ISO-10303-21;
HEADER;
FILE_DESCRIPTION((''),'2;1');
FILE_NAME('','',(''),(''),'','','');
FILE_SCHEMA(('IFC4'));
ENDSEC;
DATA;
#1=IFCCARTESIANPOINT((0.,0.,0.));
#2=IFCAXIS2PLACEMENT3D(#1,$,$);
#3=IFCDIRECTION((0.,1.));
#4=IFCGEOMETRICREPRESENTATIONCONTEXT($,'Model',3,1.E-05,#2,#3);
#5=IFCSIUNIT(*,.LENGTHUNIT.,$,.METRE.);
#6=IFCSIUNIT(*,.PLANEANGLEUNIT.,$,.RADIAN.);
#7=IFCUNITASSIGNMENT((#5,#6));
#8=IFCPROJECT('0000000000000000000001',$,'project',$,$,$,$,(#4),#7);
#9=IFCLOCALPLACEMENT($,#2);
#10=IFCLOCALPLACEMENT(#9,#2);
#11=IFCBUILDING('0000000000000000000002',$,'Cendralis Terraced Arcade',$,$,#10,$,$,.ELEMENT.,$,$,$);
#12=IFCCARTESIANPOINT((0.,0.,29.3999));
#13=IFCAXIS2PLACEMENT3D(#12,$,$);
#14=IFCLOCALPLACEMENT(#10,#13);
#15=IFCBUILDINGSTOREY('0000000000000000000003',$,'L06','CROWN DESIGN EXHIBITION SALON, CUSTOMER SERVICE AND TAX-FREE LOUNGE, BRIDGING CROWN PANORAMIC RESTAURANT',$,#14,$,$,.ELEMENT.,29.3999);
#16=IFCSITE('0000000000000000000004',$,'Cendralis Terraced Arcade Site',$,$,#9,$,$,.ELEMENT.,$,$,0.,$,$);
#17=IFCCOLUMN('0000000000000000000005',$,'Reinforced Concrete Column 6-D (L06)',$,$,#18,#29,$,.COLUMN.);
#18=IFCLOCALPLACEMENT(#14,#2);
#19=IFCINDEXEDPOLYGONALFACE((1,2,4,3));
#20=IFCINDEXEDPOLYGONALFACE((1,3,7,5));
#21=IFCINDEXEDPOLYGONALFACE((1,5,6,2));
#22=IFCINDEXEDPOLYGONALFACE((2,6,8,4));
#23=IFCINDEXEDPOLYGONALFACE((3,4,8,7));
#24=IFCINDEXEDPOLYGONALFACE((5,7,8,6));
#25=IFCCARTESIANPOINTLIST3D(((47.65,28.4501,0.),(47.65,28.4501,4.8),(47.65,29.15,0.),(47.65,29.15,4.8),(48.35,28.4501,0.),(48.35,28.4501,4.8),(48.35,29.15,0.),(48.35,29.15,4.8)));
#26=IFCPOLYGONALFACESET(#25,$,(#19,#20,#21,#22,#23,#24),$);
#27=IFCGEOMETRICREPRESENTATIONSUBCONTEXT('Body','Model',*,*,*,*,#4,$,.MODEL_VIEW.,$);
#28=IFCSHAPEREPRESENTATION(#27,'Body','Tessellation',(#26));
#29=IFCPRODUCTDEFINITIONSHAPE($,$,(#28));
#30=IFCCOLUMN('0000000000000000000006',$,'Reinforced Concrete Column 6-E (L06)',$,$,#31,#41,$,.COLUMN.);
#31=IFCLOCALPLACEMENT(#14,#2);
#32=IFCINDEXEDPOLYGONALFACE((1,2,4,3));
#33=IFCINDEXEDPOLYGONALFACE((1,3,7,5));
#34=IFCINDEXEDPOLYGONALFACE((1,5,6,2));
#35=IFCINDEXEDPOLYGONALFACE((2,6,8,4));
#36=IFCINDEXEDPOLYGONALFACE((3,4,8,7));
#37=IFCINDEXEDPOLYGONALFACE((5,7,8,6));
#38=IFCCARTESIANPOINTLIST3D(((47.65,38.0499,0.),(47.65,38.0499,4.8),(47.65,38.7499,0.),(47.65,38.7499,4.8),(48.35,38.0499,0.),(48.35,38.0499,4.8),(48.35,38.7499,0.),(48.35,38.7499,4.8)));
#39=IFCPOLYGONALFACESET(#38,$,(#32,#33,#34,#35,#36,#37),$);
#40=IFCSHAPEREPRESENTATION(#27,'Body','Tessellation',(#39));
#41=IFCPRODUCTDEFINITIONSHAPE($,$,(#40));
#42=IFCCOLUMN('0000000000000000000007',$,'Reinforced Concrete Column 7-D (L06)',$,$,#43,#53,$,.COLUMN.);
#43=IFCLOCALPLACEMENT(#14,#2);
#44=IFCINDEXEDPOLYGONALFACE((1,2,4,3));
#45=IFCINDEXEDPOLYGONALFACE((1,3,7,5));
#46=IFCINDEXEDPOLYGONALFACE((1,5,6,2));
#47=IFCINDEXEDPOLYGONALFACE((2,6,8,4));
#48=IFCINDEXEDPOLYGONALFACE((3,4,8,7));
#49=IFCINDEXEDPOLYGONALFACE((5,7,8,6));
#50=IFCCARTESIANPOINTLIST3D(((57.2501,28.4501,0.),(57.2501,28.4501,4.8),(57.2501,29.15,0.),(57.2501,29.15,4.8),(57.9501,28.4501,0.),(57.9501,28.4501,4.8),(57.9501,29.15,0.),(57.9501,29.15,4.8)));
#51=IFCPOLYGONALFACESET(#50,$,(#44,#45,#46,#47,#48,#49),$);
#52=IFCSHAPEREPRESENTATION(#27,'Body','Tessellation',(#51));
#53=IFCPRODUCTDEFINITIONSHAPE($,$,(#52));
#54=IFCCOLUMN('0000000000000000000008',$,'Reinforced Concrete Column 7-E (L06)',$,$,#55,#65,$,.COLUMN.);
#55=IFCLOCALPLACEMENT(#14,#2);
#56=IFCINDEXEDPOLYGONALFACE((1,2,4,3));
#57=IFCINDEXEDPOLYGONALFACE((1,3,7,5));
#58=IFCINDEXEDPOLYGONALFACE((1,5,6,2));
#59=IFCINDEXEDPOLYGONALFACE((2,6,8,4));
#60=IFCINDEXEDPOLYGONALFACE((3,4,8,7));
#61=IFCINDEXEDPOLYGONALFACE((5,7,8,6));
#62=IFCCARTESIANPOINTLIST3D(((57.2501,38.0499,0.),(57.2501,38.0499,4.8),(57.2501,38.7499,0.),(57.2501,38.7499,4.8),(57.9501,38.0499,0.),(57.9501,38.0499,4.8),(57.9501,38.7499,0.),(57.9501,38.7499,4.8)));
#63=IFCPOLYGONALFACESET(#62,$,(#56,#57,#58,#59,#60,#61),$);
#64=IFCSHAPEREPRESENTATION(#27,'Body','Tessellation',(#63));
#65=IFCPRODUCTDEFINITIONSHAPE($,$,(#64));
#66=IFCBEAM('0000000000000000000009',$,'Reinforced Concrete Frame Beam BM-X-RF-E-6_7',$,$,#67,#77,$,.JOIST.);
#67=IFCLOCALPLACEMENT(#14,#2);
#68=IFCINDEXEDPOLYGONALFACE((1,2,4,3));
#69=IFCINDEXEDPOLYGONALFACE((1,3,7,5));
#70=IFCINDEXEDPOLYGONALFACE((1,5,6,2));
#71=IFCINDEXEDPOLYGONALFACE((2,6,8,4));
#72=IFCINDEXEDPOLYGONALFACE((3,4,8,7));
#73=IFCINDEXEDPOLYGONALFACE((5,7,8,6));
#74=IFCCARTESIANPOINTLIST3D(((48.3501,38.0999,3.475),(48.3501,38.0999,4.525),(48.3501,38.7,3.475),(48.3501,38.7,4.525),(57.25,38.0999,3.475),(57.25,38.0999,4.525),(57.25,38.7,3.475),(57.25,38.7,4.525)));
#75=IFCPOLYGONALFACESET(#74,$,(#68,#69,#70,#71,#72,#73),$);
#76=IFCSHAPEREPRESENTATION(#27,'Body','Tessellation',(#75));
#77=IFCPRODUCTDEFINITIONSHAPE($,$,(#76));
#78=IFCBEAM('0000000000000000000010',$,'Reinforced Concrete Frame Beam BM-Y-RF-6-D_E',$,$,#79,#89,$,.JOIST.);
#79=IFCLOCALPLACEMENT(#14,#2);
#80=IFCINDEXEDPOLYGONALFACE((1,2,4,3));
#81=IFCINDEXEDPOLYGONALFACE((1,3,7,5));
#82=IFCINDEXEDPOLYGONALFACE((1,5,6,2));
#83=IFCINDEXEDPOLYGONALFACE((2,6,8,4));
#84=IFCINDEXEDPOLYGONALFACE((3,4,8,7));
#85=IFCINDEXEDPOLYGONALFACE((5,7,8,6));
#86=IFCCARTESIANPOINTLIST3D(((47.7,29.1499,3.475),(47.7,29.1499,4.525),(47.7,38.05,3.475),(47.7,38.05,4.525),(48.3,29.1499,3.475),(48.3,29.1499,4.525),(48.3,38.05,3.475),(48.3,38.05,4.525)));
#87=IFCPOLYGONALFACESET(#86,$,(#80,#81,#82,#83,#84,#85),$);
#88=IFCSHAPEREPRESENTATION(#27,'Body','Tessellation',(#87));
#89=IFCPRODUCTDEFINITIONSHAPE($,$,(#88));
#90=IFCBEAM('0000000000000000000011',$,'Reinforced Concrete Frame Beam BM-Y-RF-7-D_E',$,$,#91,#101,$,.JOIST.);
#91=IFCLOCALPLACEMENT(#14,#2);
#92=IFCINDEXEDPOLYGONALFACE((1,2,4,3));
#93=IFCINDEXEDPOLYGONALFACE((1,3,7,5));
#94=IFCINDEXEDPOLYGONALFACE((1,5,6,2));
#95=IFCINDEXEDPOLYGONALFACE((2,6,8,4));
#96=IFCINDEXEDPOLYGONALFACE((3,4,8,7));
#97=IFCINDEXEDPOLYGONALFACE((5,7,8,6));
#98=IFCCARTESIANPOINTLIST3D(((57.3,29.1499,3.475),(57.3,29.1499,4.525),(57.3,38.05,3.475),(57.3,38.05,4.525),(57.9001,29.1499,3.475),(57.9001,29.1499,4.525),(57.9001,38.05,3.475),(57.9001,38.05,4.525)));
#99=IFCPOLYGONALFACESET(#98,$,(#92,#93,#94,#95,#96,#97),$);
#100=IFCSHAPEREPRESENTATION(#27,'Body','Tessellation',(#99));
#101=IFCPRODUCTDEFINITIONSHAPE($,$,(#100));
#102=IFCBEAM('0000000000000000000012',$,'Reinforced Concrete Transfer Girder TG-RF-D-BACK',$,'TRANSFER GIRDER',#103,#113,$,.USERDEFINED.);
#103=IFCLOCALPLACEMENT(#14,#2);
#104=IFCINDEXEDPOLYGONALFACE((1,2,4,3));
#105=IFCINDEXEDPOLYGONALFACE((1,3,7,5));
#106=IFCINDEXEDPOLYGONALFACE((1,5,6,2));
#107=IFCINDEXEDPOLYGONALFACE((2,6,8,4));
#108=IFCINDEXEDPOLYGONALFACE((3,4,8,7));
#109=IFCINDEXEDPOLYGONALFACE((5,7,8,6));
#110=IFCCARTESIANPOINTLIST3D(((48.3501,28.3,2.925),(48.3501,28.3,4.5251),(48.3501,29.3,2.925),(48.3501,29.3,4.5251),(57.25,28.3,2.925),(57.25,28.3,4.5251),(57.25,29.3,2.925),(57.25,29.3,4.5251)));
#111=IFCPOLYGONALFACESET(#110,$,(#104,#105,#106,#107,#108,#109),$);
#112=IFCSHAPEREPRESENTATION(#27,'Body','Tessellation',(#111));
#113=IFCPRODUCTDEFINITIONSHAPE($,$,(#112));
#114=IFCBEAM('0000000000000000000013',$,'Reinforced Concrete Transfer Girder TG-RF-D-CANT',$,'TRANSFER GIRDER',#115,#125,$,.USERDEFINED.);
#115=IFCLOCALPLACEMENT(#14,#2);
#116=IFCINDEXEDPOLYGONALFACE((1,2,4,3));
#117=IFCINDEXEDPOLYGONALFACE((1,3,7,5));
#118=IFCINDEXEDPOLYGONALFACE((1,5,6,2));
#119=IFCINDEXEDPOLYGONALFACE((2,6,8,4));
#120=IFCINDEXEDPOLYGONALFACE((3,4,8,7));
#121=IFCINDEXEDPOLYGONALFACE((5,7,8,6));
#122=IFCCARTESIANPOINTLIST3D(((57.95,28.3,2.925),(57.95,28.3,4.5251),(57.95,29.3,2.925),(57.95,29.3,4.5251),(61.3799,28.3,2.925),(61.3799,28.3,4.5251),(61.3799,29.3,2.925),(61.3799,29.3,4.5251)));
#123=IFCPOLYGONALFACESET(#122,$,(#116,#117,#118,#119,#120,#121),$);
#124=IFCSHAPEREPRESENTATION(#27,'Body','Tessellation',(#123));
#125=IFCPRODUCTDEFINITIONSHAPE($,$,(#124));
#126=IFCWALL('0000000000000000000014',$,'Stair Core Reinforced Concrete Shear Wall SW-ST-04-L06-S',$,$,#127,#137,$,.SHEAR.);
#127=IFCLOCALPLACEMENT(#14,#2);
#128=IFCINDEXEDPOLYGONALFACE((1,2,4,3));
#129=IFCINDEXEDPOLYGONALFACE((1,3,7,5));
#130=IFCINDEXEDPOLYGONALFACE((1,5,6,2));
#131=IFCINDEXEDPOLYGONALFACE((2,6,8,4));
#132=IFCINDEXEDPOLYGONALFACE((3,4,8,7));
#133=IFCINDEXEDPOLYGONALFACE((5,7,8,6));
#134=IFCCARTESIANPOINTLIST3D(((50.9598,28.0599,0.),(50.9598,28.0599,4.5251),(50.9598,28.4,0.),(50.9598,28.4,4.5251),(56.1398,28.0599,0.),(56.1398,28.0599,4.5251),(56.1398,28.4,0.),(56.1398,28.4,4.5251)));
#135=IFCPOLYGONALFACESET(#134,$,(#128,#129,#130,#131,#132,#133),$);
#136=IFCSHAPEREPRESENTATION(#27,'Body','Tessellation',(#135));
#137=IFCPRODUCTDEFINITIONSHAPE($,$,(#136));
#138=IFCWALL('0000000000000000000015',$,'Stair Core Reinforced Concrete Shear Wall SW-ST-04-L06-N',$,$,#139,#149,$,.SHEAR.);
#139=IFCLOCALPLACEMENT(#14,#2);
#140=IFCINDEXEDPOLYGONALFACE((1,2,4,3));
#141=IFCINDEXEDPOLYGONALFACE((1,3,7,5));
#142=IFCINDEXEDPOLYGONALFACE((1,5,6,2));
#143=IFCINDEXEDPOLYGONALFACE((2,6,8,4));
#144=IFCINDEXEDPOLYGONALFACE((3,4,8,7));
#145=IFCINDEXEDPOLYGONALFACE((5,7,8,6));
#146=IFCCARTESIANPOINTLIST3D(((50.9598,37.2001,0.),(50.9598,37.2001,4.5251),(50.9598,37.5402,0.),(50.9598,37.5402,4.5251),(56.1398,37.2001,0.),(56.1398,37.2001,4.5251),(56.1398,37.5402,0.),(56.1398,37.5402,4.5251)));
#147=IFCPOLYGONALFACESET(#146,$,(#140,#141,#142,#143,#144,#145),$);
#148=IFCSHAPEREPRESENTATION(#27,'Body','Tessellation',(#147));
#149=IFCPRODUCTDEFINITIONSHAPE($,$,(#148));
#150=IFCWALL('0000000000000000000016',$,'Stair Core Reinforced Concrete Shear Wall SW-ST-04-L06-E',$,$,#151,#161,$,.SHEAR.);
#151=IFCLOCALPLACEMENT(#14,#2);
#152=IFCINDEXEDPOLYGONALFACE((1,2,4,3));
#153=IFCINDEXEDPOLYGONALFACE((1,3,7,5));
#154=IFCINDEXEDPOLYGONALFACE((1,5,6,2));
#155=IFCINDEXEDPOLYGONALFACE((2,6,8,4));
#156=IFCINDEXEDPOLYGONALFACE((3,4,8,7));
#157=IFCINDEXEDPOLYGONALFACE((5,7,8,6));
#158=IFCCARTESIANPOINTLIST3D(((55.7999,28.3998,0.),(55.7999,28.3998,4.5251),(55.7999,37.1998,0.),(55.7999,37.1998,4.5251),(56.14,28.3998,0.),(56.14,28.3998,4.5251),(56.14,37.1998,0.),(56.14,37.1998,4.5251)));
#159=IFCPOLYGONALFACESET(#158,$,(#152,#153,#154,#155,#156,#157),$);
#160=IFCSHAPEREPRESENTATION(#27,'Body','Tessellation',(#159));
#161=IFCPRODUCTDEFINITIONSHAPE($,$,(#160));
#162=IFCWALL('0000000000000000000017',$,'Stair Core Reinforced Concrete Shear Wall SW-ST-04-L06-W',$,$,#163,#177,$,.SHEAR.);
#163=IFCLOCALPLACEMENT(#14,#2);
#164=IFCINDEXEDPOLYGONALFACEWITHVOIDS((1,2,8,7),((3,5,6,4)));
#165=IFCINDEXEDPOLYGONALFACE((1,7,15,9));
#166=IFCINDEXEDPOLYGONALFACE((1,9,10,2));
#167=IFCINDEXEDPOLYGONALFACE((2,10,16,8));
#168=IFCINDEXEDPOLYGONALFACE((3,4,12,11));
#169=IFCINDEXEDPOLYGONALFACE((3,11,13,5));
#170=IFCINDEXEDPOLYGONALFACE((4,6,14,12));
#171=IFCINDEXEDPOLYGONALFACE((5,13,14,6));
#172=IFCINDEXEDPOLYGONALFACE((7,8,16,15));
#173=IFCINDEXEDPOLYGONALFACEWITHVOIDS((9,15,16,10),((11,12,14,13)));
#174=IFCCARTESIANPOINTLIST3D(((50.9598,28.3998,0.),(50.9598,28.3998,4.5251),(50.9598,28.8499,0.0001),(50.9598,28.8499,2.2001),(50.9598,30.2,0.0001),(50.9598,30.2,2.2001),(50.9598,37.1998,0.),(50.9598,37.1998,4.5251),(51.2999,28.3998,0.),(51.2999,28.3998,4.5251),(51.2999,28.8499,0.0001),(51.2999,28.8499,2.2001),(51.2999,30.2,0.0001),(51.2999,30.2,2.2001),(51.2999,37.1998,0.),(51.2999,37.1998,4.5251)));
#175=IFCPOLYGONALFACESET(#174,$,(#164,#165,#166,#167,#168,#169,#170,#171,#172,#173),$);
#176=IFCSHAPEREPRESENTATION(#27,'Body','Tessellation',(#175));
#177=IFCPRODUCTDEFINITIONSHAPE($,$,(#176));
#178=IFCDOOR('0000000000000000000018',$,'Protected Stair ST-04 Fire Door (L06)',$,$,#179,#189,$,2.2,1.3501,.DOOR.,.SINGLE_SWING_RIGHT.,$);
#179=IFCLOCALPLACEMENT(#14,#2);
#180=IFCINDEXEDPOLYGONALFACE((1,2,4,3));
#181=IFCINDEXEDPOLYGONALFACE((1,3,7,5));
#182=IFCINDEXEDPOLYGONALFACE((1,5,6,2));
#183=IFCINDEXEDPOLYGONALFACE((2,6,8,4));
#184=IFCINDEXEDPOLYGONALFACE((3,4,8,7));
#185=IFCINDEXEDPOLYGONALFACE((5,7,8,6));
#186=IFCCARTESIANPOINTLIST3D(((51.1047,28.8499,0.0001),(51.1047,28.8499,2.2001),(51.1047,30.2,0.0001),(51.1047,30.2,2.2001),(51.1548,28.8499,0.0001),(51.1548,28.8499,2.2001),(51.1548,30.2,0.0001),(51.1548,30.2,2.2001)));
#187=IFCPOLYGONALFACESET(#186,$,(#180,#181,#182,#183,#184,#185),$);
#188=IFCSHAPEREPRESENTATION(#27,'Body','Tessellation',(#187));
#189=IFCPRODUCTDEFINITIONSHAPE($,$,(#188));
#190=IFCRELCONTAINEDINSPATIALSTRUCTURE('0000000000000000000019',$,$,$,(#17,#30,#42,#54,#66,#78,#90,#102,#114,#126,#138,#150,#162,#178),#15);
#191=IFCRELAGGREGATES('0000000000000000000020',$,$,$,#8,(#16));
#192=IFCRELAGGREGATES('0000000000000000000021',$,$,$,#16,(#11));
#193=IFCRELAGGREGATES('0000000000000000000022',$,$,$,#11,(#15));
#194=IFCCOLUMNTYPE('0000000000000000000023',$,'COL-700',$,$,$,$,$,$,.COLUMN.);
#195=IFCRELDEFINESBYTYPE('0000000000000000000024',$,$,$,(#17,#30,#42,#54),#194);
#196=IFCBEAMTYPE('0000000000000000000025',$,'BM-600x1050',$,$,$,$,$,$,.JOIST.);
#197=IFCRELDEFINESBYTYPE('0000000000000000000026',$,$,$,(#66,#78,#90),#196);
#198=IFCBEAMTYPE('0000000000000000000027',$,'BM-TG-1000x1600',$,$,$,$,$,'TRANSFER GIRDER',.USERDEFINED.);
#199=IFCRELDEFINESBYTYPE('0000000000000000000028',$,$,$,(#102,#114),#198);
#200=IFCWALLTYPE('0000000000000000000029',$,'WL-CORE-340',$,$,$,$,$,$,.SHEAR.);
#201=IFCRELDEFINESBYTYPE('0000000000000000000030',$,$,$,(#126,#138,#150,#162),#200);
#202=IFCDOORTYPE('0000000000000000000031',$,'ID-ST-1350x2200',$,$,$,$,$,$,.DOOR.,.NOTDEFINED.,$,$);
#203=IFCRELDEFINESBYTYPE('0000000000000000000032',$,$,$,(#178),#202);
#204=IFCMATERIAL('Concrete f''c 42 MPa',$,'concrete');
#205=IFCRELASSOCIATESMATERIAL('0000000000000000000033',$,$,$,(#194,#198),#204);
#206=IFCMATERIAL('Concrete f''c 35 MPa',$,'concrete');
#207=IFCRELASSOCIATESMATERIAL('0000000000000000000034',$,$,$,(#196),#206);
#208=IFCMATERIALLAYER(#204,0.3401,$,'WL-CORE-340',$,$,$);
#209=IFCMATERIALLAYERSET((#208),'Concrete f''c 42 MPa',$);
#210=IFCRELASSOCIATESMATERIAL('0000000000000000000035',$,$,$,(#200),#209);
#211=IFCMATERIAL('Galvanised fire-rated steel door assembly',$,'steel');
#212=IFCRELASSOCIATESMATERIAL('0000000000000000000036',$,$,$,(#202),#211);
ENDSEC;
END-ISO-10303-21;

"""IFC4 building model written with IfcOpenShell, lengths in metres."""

from ifc_helpers import new_model, si_unit, direction, frame, frame_2d, origin, origin_2d, place, context, subcontext, project, spatial, rectangle, extrude, material, layer, layer_set, material_profile, profile_set, type_object, element, fill, save


model = new_model("IFC4")

# Units and contexts
model_context = context("Model", 3, precision=1e-05, world=origin(), true_north=direction((0.0, 1.0)))
body_context = subcontext(model_context, "Body", "Model", "MODEL_VIEW")
ifc_project = project(units=[si_unit("LENGTHUNIT", "METRE"), si_unit("PLANEANGLEUNIT", "RADIAN")], contexts=[model_context])

# Site, building, storey
site_placement = place(None, origin())
site = spatial("IfcSite", under=ifc_project, at=site_placement, Name="Cendralis Terraced Arcade Site", CompositionType="ELEMENT", RefElevation=0.0)
building_placement = place(site_placement, origin())
building = spatial("IfcBuilding", under=site, at=building_placement, Name="Cendralis Terraced Arcade", CompositionType="ELEMENT")
storey_placement = place(building_placement, frame((0.0, 0.0, 29.3999)))
storey = spatial("IfcBuildingStorey", under=building, at=storey_placement, Name="L06", Description="CROWN DESIGN EXHIBITION SALON, CUSTOMER SERVICE AND TAX-FREE LOUNGE, BRIDGING CROWN PANORAMIC RESTAURANT", CompositionType="ELEMENT", Elevation=29.3999)

# Columns
ifc_material_1 = material(Name="Concrete f'c 42 MPa", Category="concrete")
ifc_material_profile_1 = material_profile(ifc_material_1, rectangle(XDim=0.7, YDim=0.7, at=origin_2d()), Name="RC-COL-700x700", Category="LoadBearing")
ifc_profile_set_1 = profile_set([ifc_material_profile_1], Name="Concrete f'c 42 MPa")
column_type = type_object("IfcColumnType", Name="COL-700", PredefinedType="COLUMN", material=ifc_profile_set_1)
for number, where, z_axis, x_axis, name in (
    (1, (48.0, 28.8, 0.0), (0.0, 0.0, 1.0), (1.0, 0.0, 0.0), "Reinforced Concrete Column 6-D (L06)"),
    (2, (48.0, 38.3999, 0.0), (0.0, 0.0, 1.0), (1.0, 0.0, 0.0), "Reinforced Concrete Column 6-E (L06)"),
    (3, (57.6001, 28.8, 0.0), (0.0, 0.0, 1.0), (1.0, 0.0, 0.0), "Reinforced Concrete Column 7-D (L06)"),
    (4, (57.6001, 38.3999, 0.0), (0.0, 0.0, 1.0), (1.0, 0.0, 0.0), "Reinforced Concrete Column 7-E (L06)"),
):
    element("IfcColumn", number, at=place(storey_placement, frame(where, z_axis=z_axis, x_axis=x_axis)), inside=storey, type_object=column_type, Name=name, PredefinedType="COLUMN", context=body_context, shape_type="SweptSolid", body=[
        extrude(rectangle(XDim=0.7, YDim=0.7, at=origin_2d()), origin(), (0.0, 0.0, 1.0), 4.8),
    ])

# Beams
ifc_material_2 = material(Name="Concrete f'c 35 MPa", Category="concrete")
ifc_material_profile_2 = material_profile(ifc_material_2, rectangle(XDim=0.6001, YDim=1.05, at=origin_2d()), Name="RC-BM-600x1050", Category="LoadBearing")
ifc_profile_set_2 = profile_set([ifc_material_profile_2], Name="Concrete f'c 35 MPa")
beam_type_1 = type_object("IfcBeamType", Name="BM-600x1050", PredefinedType="JOIST", material=ifc_profile_set_2)
beam_1_placement = place(storey_placement, frame((48.3501, 38.3999, 4.0), z_axis=(1.0, 0.0, 0.0), x_axis=(0.0, 1.0, 0.0)))
element("IfcBeam", 5, at=beam_1_placement, inside=storey, type_object=beam_type_1, Name="Reinforced Concrete Frame Beam BM-X-RF-E-6_7", PredefinedType="JOIST", context=body_context, shape_type="SweptSolid", body=[
    extrude(rectangle(XDim=0.6001, YDim=1.05, at=origin_2d()), origin(), (0.0, 0.0, 1.0), 8.8999),
])
for number, where, z_axis, x_axis, name in (
    (6, (48.0, 29.1499, 4.0), (0.0, 1.0, 0.0), (-1.0, 0.0, 0.0), "Reinforced Concrete Frame Beam BM-Y-RF-6-D_E"),
    (7, (57.6001, 29.1499, 4.0), (0.0, 1.0, 0.0), (-1.0, 0.0, 0.0), "Reinforced Concrete Frame Beam BM-Y-RF-7-D_E"),
):
    element("IfcBeam", number, at=place(storey_placement, frame(where, z_axis=z_axis, x_axis=x_axis)), inside=storey, type_object=beam_type_1, Name=name, PredefinedType="JOIST", context=body_context, shape_type="SweptSolid", body=[
        extrude(rectangle(XDim=0.6001, YDim=1.05, at=origin_2d()), origin(), (0.0, 0.0, 1.0), 8.9001),
    ])
ifc_material_profile_3 = material_profile(ifc_material_1, rectangle(XDim=1.0, YDim=1.6001, at=origin_2d()), Name="RC-TG-1000x1600", Category="LoadBearing")
ifc_profile_set_3 = profile_set([ifc_material_profile_3], Name="Concrete f'c 42 MPa")
beam_type_2 = type_object("IfcBeamType", Name="BM-TG-1000x1600", ElementType="TRANSFER GIRDER", PredefinedType="USERDEFINED", material=ifc_profile_set_3)
beam_2_placement = place(storey_placement, frame((48.3501, 28.8, 3.7251), z_axis=(1.0, 0.0, 0.0), x_axis=(0.0, 1.0, 0.0)))
element("IfcBeam", 8, at=beam_2_placement, inside=storey, type_object=beam_type_2, Name="Reinforced Concrete Transfer Girder TG-RF-D-BACK", ObjectType="TRANSFER GIRDER", PredefinedType="USERDEFINED", context=body_context, shape_type="SweptSolid", body=[
    extrude(rectangle(XDim=1.0, YDim=1.6001, at=origin_2d()), origin(), (0.0, 0.0, 1.0), 8.8999),
])
beam_3_placement = place(storey_placement, frame((57.95, 28.8, 3.7251), z_axis=(1.0, 0.0, 0.0), x_axis=(0.0, 1.0, 0.0)))
element("IfcBeam", 9, at=beam_3_placement, inside=storey, type_object=beam_type_2, Name="Reinforced Concrete Transfer Girder TG-RF-D-CANT", ObjectType="TRANSFER GIRDER", PredefinedType="USERDEFINED", context=body_context, shape_type="SweptSolid", body=[
    extrude(rectangle(XDim=1.0, YDim=1.6001, at=origin_2d()), origin(), (0.0, 0.0, 1.0), 3.4299),
])

# Walls
ifc_layer_1 = layer(ifc_material_1, 0.3401, Name="WL-CORE-340")
ifc_layer_set_1 = layer_set([ifc_layer_1], Name="Concrete f'c 42 MPa")
wall_type_1 = type_object("IfcWallType", Name="WL-CORE-340", PredefinedType="SHEAR", material=ifc_layer_set_1)
for number, where, z_axis, x_axis, name in (
    (10, (50.96, 28.23, 0.0), (0.0, 0.0, 1.0), (1.0, 0.0, 0.0), "Stair Core Reinforced Concrete Shear Wall SW-ST-04-L06-S"),
    (11, (50.96, 37.3701, 0.0), (0.0, 0.0, 1.0), (1.0, 0.0, 0.0), "Stair Core Reinforced Concrete Shear Wall SW-ST-04-L06-N"),
):
    element("IfcWall", number, at=place(storey_placement, frame(where, z_axis=z_axis, x_axis=x_axis)), inside=storey, type_object=wall_type_1, Name=name, PredefinedType="SHEAR", context=body_context, shape_type="SweptSolid", body=[
        extrude(rectangle(XDim=5.1799, YDim=0.3401, at=frame_2d((2.5898, 0.0))), origin(), (0.0, 0.0, 1.0), 4.5251),
    ])
wall_1_placement = place(storey_placement, frame((55.97, 28.3999, 0.0), z_axis=(0.0, 0.0, 1.0), x_axis=(0.0, 1.0, 0.0)))
element("IfcWall", 12, at=wall_1_placement, inside=storey, type_object=wall_type_1, Name="Stair Core Reinforced Concrete Shear Wall SW-ST-04-L06-E", PredefinedType="SHEAR", context=body_context, shape_type="SweptSolid", body=[
    extrude(rectangle(XDim=8.8, YDim=0.3401, at=frame_2d((4.3999, 0.0))), origin(), (0.0, 0.0, 1.0), 4.5251),
])

# Wall, opening, door
wall_2_placement = place(storey_placement, frame((51.1299, 28.3999, 0.0), z_axis=(0.0, 0.0, 1.0), x_axis=(0.0, 1.0, 0.0)))
wall_2 = element("IfcWall", 13, at=wall_2_placement, inside=storey, type_object=wall_type_1, Name="Stair Core Reinforced Concrete Shear Wall SW-ST-04-L06-W", PredefinedType="SHEAR", context=body_context, shape_type="SweptSolid", body=[
    extrude(rectangle(XDim=8.8, YDim=0.3401, at=frame_2d((4.3999, 0.0))), origin(), (0.0, 0.0, 1.0), 4.5251),
])
opening_1_placement = place(wall_2_placement, frame((0.45, 0.0, 0.0)))
opening_1 = element("IfcOpeningElement", 14, at=opening_1_placement, cuts=wall_2, PredefinedType="OPENING", context=body_context, shape_type="SweptSolid", body=[
    extrude(rectangle(XDim=1.3501, YDim=2.2, at=frame_2d((0.675, 1.1001))), frame((0.0, 0.1821, 0.0), z_axis=(0.0, -1.0, 0.0), x_axis=(1.0, 0.0, 0.0)), (0.0, 0.0, 1.0), 0.364),
])
ifc_material_3 = material(Name="Galvanised fire-rated steel door assembly", Category="steel")
door_type_1 = type_object("IfcDoorType", Name="ID-ST-1350x2200", OperationType="NOTDEFINED", PredefinedType="DOOR", material=ifc_material_3)
door_1_placement = place(opening_1_placement, frame((1.3501, 0.0, 0.0), z_axis=(0.0, 0.0, 1.0), x_axis=(-1.0, 0.0, 0.0)))
door_1 = element("IfcDoor", 15, at=door_1_placement, inside=storey, type_object=door_type_1, Name="Protected Stair ST-04 Fire Door (L06)", OperationType="SINGLE_SWING_RIGHT", OverallHeight=2.2, OverallWidth=1.3501, PredefinedType="DOOR", context=body_context, shape_type="SweptSolid", body=[
    extrude(rectangle(XDim=1.3501, YDim=2.2, at=frame_2d((0.675, 1.1001))), frame((0.0, 0.0249, 0.0), z_axis=(0.0, -1.0, 0.0), x_axis=(1.0, 0.0, 0.0)), (0.0, 0.0, 1.0), 0.05),
])
fill(opening_1, door_1)

save(model, "model.ifc")
